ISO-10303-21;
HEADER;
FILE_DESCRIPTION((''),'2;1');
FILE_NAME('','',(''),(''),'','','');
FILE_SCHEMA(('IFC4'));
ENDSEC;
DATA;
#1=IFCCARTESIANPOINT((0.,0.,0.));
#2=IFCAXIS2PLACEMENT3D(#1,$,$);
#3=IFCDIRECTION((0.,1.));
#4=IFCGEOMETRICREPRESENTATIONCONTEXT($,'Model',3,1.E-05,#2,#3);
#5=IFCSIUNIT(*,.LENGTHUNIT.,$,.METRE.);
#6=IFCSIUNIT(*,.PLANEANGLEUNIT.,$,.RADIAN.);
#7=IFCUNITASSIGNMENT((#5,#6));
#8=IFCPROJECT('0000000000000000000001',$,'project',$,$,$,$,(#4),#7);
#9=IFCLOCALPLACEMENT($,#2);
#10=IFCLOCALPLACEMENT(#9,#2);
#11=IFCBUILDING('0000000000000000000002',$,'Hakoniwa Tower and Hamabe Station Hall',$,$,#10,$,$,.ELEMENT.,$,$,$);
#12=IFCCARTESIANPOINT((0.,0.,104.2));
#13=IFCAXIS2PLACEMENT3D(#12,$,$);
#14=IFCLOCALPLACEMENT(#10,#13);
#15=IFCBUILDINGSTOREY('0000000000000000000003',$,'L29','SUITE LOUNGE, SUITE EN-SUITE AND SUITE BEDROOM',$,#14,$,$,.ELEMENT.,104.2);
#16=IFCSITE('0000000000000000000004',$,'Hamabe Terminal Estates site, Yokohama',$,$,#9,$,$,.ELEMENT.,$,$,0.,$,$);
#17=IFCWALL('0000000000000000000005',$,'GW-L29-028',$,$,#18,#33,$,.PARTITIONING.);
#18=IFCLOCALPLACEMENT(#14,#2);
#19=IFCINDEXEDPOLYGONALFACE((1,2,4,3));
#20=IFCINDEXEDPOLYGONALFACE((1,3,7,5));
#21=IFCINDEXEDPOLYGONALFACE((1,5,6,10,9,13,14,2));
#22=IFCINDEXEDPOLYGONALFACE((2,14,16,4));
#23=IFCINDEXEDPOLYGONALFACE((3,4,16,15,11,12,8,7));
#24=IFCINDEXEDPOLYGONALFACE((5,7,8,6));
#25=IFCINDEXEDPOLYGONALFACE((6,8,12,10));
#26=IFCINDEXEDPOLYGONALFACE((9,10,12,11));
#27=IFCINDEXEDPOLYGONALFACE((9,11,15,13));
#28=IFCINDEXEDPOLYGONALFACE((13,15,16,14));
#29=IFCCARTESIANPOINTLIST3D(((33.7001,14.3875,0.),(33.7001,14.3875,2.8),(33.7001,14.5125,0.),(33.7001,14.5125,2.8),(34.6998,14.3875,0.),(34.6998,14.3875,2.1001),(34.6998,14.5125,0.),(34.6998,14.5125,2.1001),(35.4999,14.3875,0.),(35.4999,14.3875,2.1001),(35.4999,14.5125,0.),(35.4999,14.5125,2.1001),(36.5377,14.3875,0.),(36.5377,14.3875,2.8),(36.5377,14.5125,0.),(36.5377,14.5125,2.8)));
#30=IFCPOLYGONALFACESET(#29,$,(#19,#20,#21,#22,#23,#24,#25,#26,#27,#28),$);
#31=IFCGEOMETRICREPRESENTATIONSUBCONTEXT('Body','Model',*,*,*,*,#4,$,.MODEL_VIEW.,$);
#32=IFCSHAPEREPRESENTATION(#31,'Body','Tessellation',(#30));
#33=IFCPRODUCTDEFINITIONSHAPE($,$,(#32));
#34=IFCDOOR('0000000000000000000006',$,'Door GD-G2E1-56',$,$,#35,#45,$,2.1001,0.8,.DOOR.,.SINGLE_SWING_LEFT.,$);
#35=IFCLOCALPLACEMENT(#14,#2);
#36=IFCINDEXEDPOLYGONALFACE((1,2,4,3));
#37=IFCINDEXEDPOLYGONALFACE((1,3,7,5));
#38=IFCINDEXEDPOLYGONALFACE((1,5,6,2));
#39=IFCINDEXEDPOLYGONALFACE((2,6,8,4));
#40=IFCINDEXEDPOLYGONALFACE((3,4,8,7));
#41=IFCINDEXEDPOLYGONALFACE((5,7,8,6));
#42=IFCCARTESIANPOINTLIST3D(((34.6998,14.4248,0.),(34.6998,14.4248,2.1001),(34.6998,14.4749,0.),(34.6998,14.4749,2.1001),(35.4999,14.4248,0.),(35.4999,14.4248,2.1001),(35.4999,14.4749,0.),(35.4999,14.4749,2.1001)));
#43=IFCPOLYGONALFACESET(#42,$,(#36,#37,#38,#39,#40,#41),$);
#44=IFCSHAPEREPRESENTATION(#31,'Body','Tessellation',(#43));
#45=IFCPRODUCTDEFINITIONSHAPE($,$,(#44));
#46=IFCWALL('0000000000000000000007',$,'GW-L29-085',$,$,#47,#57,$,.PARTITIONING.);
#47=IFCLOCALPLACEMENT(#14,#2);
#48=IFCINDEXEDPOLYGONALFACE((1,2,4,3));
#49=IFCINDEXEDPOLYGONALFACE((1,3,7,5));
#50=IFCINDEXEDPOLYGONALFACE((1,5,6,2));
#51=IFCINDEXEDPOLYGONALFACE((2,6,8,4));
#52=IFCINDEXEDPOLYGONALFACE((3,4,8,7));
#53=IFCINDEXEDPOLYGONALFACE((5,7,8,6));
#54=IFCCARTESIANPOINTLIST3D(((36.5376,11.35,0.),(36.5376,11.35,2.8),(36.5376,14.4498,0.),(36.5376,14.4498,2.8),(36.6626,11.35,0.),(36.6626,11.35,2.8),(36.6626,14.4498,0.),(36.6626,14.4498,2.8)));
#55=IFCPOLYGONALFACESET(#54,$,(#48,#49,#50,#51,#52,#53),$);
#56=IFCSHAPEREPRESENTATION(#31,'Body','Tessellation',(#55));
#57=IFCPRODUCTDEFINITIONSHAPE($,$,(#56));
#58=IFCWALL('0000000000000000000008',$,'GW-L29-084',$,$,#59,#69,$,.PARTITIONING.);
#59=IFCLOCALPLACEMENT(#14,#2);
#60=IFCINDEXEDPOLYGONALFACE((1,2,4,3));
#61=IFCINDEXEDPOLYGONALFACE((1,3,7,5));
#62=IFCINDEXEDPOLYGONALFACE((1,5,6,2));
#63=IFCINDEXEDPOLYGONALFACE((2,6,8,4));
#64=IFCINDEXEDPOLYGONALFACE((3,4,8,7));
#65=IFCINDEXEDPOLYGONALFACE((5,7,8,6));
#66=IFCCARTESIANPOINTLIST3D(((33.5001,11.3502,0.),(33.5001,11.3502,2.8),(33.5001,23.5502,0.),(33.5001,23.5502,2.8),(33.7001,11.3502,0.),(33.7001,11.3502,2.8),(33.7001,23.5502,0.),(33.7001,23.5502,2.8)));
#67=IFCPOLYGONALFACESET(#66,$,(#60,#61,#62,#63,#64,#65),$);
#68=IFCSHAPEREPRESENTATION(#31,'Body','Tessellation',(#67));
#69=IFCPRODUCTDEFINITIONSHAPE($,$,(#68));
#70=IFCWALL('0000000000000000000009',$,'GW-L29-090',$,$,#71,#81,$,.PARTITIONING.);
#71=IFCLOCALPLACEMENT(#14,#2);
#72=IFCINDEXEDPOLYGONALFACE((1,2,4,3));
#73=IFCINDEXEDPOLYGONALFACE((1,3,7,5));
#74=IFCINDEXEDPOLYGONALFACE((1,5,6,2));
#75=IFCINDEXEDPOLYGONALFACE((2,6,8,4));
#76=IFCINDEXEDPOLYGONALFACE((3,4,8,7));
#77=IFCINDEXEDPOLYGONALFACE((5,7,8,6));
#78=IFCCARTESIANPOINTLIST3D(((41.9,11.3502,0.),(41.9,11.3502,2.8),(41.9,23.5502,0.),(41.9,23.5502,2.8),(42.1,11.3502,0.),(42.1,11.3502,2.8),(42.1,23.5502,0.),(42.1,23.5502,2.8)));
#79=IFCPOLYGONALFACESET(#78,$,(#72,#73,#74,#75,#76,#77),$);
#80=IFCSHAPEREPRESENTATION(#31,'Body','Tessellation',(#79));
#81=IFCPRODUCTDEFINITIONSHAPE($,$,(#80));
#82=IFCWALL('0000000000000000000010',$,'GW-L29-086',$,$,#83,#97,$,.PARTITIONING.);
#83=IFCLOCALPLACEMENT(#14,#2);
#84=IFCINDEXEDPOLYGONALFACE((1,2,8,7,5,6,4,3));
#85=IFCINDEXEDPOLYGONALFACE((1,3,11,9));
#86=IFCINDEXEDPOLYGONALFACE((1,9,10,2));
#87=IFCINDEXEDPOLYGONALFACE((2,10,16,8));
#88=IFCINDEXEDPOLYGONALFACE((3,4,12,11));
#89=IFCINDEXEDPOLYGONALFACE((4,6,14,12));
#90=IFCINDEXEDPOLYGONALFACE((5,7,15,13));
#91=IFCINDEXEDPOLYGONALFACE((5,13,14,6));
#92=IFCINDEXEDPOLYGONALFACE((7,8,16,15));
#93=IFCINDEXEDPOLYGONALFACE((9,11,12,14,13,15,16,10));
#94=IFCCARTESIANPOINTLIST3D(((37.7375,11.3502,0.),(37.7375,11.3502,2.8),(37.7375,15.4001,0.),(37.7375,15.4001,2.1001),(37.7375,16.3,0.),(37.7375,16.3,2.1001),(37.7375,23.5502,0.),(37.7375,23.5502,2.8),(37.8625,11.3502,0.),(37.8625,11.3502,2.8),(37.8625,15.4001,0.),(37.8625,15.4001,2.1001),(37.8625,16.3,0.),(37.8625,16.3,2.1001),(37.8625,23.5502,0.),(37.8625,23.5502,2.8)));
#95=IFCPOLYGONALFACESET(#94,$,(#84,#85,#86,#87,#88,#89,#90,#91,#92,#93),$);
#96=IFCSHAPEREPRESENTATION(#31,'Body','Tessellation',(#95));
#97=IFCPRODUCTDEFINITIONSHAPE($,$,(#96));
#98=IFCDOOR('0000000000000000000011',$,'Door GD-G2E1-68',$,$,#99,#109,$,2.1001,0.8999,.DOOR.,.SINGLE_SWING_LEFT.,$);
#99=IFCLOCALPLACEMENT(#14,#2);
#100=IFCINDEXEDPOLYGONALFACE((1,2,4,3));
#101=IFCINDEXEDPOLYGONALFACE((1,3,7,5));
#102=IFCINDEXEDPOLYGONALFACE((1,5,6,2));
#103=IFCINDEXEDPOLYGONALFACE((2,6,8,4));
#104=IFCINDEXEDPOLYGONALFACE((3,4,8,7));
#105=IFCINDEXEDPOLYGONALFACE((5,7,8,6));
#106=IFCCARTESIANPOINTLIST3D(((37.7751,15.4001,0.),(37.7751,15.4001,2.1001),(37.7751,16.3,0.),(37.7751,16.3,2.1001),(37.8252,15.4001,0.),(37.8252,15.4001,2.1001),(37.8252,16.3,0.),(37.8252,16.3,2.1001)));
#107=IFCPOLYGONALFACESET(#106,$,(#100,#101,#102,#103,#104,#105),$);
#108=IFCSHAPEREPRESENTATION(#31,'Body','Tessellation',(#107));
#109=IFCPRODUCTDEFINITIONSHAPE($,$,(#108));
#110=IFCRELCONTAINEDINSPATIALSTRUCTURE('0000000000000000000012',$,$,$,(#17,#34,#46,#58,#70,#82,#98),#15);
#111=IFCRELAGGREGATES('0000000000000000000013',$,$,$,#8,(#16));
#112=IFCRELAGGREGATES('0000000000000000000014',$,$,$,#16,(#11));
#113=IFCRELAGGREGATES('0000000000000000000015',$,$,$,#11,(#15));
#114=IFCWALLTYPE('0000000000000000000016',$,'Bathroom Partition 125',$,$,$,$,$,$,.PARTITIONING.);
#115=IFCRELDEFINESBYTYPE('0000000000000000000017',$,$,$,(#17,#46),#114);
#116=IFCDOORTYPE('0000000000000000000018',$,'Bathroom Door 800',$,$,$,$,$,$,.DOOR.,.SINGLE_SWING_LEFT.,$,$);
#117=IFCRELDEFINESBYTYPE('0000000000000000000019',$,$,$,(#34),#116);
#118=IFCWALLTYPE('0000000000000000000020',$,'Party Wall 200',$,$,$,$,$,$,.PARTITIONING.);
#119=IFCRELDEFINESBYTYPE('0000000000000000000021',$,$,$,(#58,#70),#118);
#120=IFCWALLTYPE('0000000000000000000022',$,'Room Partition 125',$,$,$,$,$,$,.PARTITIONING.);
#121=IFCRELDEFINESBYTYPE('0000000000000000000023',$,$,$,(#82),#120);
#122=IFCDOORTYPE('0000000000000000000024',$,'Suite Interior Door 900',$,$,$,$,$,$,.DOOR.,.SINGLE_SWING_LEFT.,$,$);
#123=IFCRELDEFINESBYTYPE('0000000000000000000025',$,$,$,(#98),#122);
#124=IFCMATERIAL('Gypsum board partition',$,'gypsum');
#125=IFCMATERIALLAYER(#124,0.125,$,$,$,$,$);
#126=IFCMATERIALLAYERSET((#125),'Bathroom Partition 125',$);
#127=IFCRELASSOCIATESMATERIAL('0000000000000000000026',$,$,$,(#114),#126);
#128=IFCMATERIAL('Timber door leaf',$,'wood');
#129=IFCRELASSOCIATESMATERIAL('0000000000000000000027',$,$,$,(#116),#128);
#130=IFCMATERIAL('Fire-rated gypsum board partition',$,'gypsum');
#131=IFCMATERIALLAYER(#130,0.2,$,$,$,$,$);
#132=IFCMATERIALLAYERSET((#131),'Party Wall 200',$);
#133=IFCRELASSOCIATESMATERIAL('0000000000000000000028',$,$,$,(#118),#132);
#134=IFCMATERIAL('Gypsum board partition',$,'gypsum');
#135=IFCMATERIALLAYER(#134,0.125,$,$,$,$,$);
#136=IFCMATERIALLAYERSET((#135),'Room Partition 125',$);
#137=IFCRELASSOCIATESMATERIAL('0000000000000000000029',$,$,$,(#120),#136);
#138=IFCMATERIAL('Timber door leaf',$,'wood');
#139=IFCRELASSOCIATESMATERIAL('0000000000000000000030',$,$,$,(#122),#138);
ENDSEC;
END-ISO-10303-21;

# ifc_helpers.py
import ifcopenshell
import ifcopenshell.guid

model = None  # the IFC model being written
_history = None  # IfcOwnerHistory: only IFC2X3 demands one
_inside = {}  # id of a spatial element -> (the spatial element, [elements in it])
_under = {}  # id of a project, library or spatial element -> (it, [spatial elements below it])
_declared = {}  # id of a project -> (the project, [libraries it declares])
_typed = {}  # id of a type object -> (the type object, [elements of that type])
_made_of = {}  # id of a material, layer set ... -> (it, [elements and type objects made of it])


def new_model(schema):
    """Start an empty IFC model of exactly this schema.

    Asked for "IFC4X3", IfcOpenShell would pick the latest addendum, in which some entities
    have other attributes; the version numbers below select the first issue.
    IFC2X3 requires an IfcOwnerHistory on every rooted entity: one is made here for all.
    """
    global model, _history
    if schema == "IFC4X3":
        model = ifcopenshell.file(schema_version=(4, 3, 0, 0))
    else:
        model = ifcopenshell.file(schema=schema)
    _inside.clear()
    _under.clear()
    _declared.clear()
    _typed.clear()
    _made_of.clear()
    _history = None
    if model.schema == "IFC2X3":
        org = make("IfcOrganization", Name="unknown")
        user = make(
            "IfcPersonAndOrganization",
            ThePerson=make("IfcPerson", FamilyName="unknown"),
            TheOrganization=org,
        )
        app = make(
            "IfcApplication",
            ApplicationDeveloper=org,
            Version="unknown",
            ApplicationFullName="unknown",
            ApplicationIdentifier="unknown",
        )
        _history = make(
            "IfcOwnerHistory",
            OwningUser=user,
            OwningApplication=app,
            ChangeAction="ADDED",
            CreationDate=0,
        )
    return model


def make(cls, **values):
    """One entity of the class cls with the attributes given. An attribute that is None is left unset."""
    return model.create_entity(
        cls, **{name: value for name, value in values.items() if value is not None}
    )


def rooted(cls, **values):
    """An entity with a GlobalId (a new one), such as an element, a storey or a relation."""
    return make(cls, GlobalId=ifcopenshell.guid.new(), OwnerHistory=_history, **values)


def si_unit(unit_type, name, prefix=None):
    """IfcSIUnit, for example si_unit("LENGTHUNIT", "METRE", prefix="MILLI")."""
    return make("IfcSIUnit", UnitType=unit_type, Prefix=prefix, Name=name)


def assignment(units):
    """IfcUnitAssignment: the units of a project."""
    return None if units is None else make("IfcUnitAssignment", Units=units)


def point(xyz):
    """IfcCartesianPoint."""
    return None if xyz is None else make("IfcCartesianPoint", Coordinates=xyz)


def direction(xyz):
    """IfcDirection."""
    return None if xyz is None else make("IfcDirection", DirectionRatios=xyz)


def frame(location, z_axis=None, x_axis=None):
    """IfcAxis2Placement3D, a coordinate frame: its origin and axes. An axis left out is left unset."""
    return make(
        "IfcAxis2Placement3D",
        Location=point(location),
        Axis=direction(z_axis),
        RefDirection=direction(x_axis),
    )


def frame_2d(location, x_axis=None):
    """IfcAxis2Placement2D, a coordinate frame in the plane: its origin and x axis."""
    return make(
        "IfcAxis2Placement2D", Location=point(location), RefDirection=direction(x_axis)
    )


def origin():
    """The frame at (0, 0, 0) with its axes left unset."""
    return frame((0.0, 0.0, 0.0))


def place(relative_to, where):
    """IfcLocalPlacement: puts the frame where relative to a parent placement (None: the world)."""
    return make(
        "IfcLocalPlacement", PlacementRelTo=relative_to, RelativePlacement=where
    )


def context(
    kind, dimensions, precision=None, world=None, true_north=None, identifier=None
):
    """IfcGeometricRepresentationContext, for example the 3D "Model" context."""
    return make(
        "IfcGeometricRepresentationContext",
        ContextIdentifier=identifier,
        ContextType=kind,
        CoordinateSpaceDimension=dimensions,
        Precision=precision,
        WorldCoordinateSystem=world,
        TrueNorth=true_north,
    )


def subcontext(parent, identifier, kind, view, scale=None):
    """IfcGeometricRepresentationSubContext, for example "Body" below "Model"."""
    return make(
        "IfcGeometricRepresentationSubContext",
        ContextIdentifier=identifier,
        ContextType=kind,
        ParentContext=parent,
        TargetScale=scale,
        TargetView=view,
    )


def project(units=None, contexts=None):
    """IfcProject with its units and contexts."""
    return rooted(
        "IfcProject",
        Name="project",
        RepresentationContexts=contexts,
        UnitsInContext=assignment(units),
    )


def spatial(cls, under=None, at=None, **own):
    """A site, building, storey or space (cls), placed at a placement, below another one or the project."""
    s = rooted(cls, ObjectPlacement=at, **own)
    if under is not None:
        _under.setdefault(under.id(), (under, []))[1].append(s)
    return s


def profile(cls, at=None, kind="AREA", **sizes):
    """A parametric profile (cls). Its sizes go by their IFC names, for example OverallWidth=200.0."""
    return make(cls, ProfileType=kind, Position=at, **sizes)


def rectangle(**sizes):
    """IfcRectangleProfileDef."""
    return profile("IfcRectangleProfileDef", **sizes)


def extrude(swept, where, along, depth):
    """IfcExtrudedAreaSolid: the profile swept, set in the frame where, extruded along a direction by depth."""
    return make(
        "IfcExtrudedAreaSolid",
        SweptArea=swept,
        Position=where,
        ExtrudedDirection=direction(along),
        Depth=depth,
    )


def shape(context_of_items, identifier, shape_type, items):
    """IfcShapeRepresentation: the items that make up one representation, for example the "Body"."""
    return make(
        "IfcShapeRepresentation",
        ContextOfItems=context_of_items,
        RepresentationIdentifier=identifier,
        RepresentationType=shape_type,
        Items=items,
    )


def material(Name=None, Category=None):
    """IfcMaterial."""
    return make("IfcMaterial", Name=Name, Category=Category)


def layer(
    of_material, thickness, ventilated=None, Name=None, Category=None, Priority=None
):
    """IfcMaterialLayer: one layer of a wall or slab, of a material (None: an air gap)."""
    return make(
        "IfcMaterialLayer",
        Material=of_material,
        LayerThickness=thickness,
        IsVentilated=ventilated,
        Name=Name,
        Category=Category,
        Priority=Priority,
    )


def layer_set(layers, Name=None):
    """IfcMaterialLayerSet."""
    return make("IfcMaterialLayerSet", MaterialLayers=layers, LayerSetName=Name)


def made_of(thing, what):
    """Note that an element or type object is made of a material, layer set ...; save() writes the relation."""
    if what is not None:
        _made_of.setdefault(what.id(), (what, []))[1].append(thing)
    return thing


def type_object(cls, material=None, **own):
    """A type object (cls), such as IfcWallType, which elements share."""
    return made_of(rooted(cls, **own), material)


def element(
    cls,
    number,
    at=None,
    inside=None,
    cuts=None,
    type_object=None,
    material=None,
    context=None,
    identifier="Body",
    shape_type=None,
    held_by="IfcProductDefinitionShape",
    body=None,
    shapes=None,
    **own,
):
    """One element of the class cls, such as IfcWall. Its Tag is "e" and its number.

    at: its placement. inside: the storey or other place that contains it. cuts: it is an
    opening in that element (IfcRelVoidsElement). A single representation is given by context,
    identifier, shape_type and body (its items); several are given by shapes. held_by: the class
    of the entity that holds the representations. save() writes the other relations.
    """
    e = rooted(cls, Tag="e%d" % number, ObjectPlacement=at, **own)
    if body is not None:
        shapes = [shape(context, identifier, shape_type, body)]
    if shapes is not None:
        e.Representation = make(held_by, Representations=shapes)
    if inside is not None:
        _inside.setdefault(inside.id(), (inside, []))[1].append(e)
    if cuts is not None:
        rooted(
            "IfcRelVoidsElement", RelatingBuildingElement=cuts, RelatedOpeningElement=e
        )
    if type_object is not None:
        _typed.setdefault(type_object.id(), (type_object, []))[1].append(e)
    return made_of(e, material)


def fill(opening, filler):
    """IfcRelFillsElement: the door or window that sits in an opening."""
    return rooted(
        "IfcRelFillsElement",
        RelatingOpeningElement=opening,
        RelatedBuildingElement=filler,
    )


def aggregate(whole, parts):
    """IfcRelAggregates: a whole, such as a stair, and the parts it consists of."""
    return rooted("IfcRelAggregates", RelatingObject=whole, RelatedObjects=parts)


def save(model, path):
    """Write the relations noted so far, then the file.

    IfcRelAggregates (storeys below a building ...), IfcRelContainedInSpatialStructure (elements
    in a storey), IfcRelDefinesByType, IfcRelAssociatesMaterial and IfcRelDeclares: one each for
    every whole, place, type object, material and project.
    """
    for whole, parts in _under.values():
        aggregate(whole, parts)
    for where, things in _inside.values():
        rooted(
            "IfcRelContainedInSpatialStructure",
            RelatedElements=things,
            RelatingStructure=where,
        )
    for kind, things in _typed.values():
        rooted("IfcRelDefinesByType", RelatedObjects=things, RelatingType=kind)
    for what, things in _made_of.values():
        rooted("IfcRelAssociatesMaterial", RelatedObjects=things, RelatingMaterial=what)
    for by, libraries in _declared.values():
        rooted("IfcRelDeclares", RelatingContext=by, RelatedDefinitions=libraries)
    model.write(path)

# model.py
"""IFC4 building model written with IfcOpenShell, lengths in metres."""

from ifc_helpers import new_model, si_unit, direction, frame, frame_2d, origin, place, context, subcontext, project, spatial, rectangle, extrude, material, layer, layer_set, type_object, element, fill, save


model = new_model("IFC4")

# Units and contexts
model_context = context("Model", 3, precision=1e-05, world=origin(), true_north=direction((0.0, 1.0)))
body_context = subcontext(model_context, "Body", "Model", "MODEL_VIEW")
ifc_project = project(units=[si_unit("LENGTHUNIT", "METRE"), si_unit("PLANEANGLEUNIT", "RADIAN")], contexts=[model_context])

# Site, building, storey
site_placement = place(None, origin())
site = spatial("IfcSite", under=ifc_project, at=site_placement, Name="Hamabe Terminal Estates site, Yokohama", CompositionType="ELEMENT", RefElevation=0.0)
building_placement = place(site_placement, origin())
building = spatial("IfcBuilding", under=site, at=building_placement, Name="Hakoniwa Tower and Hamabe Station Hall", CompositionType="ELEMENT")
storey_placement = place(building_placement, frame((0.0, 0.0, 104.2)))
storey = spatial("IfcBuildingStorey", under=building, at=storey_placement, Name="L29", Description="SUITE LOUNGE, SUITE EN-SUITE AND SUITE BEDROOM", CompositionType="ELEMENT", Elevation=104.2)

# Wall, opening, door
ifc_material_1 = material(Name="Gypsum board partition", Category="gypsum")
ifc_layer_1 = layer(ifc_material_1, 0.125)
ifc_layer_set_1 = layer_set([ifc_layer_1], Name="Bathroom Partition 125")
wall_type_1 = type_object("IfcWallType", Name="Bathroom Partition 125", PredefinedType="PARTITIONING", material=ifc_layer_set_1)
wall_1_placement = place(storey_placement, frame((33.7, 14.45, 0.0), z_axis=(0.0, 0.0, 1.0), x_axis=(1.0, 0.0, 0.0)))
wall_1 = element("IfcWall", 1, at=wall_1_placement, inside=storey, type_object=wall_type_1, Name="GW-L29-028", PredefinedType="PARTITIONING", context=body_context, shape_type="SweptSolid", body=[
    extrude(rectangle(XDim=2.8376, YDim=0.125, at=frame_2d((1.4189, 0.0))), origin(), (0.0, 0.0, 1.0), 2.8),
])
opening_1_placement = place(wall_1_placement, frame((1.0, 0.0, 0.0)))
opening_1 = element("IfcOpeningElement", 2, at=opening_1_placement, cuts=wall_1, PredefinedType="OPENING", context=body_context, shape_type="SweptSolid", body=[
    extrude(rectangle(XDim=0.8, YDim=2.1001, at=frame_2d((0.3999, 1.05))), frame((0.0, 0.0725, 0.0), z_axis=(0.0, -1.0, 0.0), x_axis=(1.0, 0.0, 0.0)), (0.0, 0.0, 1.0), 0.145),
])
ifc_material_2 = material(Name="Timber door leaf", Category="wood")
door_type_1 = type_object("IfcDoorType", Name="Bathroom Door 800", OperationType="SINGLE_SWING_LEFT", PredefinedType="DOOR", material=ifc_material_2)
door_1_placement = place(opening_1_placement, origin())
door_1 = element("IfcDoor", 3, at=door_1_placement, inside=storey, type_object=door_type_1, Name="Door GD-G2E1-56", OperationType="SINGLE_SWING_LEFT", OverallHeight=2.1001, OverallWidth=0.8, PredefinedType="DOOR", context=body_context, shape_type="SweptSolid", body=[
    extrude(rectangle(XDim=0.8, YDim=2.1001, at=frame_2d((0.3999, 1.05))), frame((0.0, 0.0249, 0.0), z_axis=(0.0, -1.0, 0.0), x_axis=(1.0, 0.0, 0.0)), (0.0, 0.0, 1.0), 0.05),
])
fill(opening_1, door_1)

# Walls
wall_2_placement = place(storey_placement, frame((36.6001, 11.3501, 0.0), z_axis=(0.0, 0.0, 1.0), x_axis=(0.0, 1.0, 0.0)))
element("IfcWall", 4, at=wall_2_placement, inside=storey, type_object=wall_type_1, Name="GW-L29-085", PredefinedType="PARTITIONING", context=body_context, shape_type="SweptSolid", body=[
    extrude(rectangle(XDim=3.0999, YDim=0.125, at=frame_2d((1.5498, 0.0))), origin(), (0.0, 0.0, 1.0), 2.8),
])
ifc_material_3 = material(Name="Fire-rated gypsum board partition", Category="gypsum")
ifc_layer_2 = layer(ifc_material_3, 0.2)
ifc_layer_set_2 = layer_set([ifc_layer_2], Name="Party Wall 200")
wall_type_2 = type_object("IfcWallType", Name="Party Wall 200", PredefinedType="PARTITIONING", material=ifc_layer_set_2)
for number, where, z_axis, x_axis, name in (
    (5, (33.6001, 11.3501, 0.0), (0.0, 0.0, 1.0), (0.0, 1.0, 0.0), "GW-L29-084"),
    (6, (42.0, 11.3501, 0.0), (0.0, 0.0, 1.0), (0.0, 1.0, 0.0), "GW-L29-090"),
):
    element("IfcWall", number, at=place(storey_placement, frame(where, z_axis=z_axis, x_axis=x_axis)), inside=storey, type_object=wall_type_2, Name=name, PredefinedType="PARTITIONING", context=body_context, shape_type="SweptSolid", body=[
        extrude(rectangle(XDim=12.2, YDim=0.2, at=frame_2d((6.1001, 0.0))), origin(), (0.0, 0.0, 1.0), 2.8),
    ])

# Wall, opening, door
ifc_material_4 = material(Name="Gypsum board partition", Category="gypsum")
ifc_layer_3 = layer(ifc_material_4, 0.125)
ifc_layer_set_3 = layer_set([ifc_layer_3], Name="Room Partition 125")
wall_type_3 = type_object("IfcWallType", Name="Room Partition 125", PredefinedType="PARTITIONING", material=ifc_layer_set_3)
wall_3_placement = place(storey_placement, frame((37.8, 11.3501, 0.0), z_axis=(0.0, 0.0, 1.0), x_axis=(0.0, 1.0, 0.0)))
wall_3 = element("IfcWall", 7, at=wall_3_placement, inside=storey, type_object=wall_type_3, Name="GW-L29-086", PredefinedType="PARTITIONING", context=body_context, shape_type="SweptSolid", body=[
    extrude(rectangle(XDim=12.2, YDim=0.125, at=frame_2d((6.1001, 0.0))), origin(), (0.0, 0.0, 1.0), 2.8),
])
opening_2_placement = place(wall_3_placement, frame((4.05, 0.0, 0.0)))
opening_2 = element("IfcOpeningElement", 8, at=opening_2_placement, cuts=wall_3, PredefinedType="OPENING", context=body_context, shape_type="SweptSolid", body=[
    extrude(rectangle(XDim=0.8999, YDim=2.1001, at=frame_2d((0.45, 1.05))), frame((0.0, 0.0725, 0.0), z_axis=(0.0, -1.0, 0.0), x_axis=(1.0, 0.0, 0.0)), (0.0, 0.0, 1.0), 0.145),
])
ifc_material_5 = material(Name="Timber door leaf", Category="wood")
door_type_2 = type_object("IfcDoorType", Name="Suite Interior Door 900", OperationType="SINGLE_SWING_LEFT", PredefinedType="DOOR", material=ifc_material_5)
door_2_placement = place(opening_2_placement, origin())
door_2 = element("IfcDoor", 9, at=door_2_placement, inside=storey, type_object=door_type_2, Name="Door GD-G2E1-68", OperationType="SINGLE_SWING_LEFT", OverallHeight=2.1001, OverallWidth=0.8999, PredefinedType="DOOR", context=body_context, shape_type="SweptSolid", body=[
    extrude(rectangle(XDim=0.8999, YDim=2.1001, at=frame_2d((0.45, 1.05))), frame((0.0, 0.0249, 0.0), z_axis=(0.0, -1.0, 0.0), x_axis=(1.0, 0.0, 0.0)), (0.0, 0.0, 1.0), 0.05),
])
fill(opening_2, door_2)

save(model, "model.ifc")
